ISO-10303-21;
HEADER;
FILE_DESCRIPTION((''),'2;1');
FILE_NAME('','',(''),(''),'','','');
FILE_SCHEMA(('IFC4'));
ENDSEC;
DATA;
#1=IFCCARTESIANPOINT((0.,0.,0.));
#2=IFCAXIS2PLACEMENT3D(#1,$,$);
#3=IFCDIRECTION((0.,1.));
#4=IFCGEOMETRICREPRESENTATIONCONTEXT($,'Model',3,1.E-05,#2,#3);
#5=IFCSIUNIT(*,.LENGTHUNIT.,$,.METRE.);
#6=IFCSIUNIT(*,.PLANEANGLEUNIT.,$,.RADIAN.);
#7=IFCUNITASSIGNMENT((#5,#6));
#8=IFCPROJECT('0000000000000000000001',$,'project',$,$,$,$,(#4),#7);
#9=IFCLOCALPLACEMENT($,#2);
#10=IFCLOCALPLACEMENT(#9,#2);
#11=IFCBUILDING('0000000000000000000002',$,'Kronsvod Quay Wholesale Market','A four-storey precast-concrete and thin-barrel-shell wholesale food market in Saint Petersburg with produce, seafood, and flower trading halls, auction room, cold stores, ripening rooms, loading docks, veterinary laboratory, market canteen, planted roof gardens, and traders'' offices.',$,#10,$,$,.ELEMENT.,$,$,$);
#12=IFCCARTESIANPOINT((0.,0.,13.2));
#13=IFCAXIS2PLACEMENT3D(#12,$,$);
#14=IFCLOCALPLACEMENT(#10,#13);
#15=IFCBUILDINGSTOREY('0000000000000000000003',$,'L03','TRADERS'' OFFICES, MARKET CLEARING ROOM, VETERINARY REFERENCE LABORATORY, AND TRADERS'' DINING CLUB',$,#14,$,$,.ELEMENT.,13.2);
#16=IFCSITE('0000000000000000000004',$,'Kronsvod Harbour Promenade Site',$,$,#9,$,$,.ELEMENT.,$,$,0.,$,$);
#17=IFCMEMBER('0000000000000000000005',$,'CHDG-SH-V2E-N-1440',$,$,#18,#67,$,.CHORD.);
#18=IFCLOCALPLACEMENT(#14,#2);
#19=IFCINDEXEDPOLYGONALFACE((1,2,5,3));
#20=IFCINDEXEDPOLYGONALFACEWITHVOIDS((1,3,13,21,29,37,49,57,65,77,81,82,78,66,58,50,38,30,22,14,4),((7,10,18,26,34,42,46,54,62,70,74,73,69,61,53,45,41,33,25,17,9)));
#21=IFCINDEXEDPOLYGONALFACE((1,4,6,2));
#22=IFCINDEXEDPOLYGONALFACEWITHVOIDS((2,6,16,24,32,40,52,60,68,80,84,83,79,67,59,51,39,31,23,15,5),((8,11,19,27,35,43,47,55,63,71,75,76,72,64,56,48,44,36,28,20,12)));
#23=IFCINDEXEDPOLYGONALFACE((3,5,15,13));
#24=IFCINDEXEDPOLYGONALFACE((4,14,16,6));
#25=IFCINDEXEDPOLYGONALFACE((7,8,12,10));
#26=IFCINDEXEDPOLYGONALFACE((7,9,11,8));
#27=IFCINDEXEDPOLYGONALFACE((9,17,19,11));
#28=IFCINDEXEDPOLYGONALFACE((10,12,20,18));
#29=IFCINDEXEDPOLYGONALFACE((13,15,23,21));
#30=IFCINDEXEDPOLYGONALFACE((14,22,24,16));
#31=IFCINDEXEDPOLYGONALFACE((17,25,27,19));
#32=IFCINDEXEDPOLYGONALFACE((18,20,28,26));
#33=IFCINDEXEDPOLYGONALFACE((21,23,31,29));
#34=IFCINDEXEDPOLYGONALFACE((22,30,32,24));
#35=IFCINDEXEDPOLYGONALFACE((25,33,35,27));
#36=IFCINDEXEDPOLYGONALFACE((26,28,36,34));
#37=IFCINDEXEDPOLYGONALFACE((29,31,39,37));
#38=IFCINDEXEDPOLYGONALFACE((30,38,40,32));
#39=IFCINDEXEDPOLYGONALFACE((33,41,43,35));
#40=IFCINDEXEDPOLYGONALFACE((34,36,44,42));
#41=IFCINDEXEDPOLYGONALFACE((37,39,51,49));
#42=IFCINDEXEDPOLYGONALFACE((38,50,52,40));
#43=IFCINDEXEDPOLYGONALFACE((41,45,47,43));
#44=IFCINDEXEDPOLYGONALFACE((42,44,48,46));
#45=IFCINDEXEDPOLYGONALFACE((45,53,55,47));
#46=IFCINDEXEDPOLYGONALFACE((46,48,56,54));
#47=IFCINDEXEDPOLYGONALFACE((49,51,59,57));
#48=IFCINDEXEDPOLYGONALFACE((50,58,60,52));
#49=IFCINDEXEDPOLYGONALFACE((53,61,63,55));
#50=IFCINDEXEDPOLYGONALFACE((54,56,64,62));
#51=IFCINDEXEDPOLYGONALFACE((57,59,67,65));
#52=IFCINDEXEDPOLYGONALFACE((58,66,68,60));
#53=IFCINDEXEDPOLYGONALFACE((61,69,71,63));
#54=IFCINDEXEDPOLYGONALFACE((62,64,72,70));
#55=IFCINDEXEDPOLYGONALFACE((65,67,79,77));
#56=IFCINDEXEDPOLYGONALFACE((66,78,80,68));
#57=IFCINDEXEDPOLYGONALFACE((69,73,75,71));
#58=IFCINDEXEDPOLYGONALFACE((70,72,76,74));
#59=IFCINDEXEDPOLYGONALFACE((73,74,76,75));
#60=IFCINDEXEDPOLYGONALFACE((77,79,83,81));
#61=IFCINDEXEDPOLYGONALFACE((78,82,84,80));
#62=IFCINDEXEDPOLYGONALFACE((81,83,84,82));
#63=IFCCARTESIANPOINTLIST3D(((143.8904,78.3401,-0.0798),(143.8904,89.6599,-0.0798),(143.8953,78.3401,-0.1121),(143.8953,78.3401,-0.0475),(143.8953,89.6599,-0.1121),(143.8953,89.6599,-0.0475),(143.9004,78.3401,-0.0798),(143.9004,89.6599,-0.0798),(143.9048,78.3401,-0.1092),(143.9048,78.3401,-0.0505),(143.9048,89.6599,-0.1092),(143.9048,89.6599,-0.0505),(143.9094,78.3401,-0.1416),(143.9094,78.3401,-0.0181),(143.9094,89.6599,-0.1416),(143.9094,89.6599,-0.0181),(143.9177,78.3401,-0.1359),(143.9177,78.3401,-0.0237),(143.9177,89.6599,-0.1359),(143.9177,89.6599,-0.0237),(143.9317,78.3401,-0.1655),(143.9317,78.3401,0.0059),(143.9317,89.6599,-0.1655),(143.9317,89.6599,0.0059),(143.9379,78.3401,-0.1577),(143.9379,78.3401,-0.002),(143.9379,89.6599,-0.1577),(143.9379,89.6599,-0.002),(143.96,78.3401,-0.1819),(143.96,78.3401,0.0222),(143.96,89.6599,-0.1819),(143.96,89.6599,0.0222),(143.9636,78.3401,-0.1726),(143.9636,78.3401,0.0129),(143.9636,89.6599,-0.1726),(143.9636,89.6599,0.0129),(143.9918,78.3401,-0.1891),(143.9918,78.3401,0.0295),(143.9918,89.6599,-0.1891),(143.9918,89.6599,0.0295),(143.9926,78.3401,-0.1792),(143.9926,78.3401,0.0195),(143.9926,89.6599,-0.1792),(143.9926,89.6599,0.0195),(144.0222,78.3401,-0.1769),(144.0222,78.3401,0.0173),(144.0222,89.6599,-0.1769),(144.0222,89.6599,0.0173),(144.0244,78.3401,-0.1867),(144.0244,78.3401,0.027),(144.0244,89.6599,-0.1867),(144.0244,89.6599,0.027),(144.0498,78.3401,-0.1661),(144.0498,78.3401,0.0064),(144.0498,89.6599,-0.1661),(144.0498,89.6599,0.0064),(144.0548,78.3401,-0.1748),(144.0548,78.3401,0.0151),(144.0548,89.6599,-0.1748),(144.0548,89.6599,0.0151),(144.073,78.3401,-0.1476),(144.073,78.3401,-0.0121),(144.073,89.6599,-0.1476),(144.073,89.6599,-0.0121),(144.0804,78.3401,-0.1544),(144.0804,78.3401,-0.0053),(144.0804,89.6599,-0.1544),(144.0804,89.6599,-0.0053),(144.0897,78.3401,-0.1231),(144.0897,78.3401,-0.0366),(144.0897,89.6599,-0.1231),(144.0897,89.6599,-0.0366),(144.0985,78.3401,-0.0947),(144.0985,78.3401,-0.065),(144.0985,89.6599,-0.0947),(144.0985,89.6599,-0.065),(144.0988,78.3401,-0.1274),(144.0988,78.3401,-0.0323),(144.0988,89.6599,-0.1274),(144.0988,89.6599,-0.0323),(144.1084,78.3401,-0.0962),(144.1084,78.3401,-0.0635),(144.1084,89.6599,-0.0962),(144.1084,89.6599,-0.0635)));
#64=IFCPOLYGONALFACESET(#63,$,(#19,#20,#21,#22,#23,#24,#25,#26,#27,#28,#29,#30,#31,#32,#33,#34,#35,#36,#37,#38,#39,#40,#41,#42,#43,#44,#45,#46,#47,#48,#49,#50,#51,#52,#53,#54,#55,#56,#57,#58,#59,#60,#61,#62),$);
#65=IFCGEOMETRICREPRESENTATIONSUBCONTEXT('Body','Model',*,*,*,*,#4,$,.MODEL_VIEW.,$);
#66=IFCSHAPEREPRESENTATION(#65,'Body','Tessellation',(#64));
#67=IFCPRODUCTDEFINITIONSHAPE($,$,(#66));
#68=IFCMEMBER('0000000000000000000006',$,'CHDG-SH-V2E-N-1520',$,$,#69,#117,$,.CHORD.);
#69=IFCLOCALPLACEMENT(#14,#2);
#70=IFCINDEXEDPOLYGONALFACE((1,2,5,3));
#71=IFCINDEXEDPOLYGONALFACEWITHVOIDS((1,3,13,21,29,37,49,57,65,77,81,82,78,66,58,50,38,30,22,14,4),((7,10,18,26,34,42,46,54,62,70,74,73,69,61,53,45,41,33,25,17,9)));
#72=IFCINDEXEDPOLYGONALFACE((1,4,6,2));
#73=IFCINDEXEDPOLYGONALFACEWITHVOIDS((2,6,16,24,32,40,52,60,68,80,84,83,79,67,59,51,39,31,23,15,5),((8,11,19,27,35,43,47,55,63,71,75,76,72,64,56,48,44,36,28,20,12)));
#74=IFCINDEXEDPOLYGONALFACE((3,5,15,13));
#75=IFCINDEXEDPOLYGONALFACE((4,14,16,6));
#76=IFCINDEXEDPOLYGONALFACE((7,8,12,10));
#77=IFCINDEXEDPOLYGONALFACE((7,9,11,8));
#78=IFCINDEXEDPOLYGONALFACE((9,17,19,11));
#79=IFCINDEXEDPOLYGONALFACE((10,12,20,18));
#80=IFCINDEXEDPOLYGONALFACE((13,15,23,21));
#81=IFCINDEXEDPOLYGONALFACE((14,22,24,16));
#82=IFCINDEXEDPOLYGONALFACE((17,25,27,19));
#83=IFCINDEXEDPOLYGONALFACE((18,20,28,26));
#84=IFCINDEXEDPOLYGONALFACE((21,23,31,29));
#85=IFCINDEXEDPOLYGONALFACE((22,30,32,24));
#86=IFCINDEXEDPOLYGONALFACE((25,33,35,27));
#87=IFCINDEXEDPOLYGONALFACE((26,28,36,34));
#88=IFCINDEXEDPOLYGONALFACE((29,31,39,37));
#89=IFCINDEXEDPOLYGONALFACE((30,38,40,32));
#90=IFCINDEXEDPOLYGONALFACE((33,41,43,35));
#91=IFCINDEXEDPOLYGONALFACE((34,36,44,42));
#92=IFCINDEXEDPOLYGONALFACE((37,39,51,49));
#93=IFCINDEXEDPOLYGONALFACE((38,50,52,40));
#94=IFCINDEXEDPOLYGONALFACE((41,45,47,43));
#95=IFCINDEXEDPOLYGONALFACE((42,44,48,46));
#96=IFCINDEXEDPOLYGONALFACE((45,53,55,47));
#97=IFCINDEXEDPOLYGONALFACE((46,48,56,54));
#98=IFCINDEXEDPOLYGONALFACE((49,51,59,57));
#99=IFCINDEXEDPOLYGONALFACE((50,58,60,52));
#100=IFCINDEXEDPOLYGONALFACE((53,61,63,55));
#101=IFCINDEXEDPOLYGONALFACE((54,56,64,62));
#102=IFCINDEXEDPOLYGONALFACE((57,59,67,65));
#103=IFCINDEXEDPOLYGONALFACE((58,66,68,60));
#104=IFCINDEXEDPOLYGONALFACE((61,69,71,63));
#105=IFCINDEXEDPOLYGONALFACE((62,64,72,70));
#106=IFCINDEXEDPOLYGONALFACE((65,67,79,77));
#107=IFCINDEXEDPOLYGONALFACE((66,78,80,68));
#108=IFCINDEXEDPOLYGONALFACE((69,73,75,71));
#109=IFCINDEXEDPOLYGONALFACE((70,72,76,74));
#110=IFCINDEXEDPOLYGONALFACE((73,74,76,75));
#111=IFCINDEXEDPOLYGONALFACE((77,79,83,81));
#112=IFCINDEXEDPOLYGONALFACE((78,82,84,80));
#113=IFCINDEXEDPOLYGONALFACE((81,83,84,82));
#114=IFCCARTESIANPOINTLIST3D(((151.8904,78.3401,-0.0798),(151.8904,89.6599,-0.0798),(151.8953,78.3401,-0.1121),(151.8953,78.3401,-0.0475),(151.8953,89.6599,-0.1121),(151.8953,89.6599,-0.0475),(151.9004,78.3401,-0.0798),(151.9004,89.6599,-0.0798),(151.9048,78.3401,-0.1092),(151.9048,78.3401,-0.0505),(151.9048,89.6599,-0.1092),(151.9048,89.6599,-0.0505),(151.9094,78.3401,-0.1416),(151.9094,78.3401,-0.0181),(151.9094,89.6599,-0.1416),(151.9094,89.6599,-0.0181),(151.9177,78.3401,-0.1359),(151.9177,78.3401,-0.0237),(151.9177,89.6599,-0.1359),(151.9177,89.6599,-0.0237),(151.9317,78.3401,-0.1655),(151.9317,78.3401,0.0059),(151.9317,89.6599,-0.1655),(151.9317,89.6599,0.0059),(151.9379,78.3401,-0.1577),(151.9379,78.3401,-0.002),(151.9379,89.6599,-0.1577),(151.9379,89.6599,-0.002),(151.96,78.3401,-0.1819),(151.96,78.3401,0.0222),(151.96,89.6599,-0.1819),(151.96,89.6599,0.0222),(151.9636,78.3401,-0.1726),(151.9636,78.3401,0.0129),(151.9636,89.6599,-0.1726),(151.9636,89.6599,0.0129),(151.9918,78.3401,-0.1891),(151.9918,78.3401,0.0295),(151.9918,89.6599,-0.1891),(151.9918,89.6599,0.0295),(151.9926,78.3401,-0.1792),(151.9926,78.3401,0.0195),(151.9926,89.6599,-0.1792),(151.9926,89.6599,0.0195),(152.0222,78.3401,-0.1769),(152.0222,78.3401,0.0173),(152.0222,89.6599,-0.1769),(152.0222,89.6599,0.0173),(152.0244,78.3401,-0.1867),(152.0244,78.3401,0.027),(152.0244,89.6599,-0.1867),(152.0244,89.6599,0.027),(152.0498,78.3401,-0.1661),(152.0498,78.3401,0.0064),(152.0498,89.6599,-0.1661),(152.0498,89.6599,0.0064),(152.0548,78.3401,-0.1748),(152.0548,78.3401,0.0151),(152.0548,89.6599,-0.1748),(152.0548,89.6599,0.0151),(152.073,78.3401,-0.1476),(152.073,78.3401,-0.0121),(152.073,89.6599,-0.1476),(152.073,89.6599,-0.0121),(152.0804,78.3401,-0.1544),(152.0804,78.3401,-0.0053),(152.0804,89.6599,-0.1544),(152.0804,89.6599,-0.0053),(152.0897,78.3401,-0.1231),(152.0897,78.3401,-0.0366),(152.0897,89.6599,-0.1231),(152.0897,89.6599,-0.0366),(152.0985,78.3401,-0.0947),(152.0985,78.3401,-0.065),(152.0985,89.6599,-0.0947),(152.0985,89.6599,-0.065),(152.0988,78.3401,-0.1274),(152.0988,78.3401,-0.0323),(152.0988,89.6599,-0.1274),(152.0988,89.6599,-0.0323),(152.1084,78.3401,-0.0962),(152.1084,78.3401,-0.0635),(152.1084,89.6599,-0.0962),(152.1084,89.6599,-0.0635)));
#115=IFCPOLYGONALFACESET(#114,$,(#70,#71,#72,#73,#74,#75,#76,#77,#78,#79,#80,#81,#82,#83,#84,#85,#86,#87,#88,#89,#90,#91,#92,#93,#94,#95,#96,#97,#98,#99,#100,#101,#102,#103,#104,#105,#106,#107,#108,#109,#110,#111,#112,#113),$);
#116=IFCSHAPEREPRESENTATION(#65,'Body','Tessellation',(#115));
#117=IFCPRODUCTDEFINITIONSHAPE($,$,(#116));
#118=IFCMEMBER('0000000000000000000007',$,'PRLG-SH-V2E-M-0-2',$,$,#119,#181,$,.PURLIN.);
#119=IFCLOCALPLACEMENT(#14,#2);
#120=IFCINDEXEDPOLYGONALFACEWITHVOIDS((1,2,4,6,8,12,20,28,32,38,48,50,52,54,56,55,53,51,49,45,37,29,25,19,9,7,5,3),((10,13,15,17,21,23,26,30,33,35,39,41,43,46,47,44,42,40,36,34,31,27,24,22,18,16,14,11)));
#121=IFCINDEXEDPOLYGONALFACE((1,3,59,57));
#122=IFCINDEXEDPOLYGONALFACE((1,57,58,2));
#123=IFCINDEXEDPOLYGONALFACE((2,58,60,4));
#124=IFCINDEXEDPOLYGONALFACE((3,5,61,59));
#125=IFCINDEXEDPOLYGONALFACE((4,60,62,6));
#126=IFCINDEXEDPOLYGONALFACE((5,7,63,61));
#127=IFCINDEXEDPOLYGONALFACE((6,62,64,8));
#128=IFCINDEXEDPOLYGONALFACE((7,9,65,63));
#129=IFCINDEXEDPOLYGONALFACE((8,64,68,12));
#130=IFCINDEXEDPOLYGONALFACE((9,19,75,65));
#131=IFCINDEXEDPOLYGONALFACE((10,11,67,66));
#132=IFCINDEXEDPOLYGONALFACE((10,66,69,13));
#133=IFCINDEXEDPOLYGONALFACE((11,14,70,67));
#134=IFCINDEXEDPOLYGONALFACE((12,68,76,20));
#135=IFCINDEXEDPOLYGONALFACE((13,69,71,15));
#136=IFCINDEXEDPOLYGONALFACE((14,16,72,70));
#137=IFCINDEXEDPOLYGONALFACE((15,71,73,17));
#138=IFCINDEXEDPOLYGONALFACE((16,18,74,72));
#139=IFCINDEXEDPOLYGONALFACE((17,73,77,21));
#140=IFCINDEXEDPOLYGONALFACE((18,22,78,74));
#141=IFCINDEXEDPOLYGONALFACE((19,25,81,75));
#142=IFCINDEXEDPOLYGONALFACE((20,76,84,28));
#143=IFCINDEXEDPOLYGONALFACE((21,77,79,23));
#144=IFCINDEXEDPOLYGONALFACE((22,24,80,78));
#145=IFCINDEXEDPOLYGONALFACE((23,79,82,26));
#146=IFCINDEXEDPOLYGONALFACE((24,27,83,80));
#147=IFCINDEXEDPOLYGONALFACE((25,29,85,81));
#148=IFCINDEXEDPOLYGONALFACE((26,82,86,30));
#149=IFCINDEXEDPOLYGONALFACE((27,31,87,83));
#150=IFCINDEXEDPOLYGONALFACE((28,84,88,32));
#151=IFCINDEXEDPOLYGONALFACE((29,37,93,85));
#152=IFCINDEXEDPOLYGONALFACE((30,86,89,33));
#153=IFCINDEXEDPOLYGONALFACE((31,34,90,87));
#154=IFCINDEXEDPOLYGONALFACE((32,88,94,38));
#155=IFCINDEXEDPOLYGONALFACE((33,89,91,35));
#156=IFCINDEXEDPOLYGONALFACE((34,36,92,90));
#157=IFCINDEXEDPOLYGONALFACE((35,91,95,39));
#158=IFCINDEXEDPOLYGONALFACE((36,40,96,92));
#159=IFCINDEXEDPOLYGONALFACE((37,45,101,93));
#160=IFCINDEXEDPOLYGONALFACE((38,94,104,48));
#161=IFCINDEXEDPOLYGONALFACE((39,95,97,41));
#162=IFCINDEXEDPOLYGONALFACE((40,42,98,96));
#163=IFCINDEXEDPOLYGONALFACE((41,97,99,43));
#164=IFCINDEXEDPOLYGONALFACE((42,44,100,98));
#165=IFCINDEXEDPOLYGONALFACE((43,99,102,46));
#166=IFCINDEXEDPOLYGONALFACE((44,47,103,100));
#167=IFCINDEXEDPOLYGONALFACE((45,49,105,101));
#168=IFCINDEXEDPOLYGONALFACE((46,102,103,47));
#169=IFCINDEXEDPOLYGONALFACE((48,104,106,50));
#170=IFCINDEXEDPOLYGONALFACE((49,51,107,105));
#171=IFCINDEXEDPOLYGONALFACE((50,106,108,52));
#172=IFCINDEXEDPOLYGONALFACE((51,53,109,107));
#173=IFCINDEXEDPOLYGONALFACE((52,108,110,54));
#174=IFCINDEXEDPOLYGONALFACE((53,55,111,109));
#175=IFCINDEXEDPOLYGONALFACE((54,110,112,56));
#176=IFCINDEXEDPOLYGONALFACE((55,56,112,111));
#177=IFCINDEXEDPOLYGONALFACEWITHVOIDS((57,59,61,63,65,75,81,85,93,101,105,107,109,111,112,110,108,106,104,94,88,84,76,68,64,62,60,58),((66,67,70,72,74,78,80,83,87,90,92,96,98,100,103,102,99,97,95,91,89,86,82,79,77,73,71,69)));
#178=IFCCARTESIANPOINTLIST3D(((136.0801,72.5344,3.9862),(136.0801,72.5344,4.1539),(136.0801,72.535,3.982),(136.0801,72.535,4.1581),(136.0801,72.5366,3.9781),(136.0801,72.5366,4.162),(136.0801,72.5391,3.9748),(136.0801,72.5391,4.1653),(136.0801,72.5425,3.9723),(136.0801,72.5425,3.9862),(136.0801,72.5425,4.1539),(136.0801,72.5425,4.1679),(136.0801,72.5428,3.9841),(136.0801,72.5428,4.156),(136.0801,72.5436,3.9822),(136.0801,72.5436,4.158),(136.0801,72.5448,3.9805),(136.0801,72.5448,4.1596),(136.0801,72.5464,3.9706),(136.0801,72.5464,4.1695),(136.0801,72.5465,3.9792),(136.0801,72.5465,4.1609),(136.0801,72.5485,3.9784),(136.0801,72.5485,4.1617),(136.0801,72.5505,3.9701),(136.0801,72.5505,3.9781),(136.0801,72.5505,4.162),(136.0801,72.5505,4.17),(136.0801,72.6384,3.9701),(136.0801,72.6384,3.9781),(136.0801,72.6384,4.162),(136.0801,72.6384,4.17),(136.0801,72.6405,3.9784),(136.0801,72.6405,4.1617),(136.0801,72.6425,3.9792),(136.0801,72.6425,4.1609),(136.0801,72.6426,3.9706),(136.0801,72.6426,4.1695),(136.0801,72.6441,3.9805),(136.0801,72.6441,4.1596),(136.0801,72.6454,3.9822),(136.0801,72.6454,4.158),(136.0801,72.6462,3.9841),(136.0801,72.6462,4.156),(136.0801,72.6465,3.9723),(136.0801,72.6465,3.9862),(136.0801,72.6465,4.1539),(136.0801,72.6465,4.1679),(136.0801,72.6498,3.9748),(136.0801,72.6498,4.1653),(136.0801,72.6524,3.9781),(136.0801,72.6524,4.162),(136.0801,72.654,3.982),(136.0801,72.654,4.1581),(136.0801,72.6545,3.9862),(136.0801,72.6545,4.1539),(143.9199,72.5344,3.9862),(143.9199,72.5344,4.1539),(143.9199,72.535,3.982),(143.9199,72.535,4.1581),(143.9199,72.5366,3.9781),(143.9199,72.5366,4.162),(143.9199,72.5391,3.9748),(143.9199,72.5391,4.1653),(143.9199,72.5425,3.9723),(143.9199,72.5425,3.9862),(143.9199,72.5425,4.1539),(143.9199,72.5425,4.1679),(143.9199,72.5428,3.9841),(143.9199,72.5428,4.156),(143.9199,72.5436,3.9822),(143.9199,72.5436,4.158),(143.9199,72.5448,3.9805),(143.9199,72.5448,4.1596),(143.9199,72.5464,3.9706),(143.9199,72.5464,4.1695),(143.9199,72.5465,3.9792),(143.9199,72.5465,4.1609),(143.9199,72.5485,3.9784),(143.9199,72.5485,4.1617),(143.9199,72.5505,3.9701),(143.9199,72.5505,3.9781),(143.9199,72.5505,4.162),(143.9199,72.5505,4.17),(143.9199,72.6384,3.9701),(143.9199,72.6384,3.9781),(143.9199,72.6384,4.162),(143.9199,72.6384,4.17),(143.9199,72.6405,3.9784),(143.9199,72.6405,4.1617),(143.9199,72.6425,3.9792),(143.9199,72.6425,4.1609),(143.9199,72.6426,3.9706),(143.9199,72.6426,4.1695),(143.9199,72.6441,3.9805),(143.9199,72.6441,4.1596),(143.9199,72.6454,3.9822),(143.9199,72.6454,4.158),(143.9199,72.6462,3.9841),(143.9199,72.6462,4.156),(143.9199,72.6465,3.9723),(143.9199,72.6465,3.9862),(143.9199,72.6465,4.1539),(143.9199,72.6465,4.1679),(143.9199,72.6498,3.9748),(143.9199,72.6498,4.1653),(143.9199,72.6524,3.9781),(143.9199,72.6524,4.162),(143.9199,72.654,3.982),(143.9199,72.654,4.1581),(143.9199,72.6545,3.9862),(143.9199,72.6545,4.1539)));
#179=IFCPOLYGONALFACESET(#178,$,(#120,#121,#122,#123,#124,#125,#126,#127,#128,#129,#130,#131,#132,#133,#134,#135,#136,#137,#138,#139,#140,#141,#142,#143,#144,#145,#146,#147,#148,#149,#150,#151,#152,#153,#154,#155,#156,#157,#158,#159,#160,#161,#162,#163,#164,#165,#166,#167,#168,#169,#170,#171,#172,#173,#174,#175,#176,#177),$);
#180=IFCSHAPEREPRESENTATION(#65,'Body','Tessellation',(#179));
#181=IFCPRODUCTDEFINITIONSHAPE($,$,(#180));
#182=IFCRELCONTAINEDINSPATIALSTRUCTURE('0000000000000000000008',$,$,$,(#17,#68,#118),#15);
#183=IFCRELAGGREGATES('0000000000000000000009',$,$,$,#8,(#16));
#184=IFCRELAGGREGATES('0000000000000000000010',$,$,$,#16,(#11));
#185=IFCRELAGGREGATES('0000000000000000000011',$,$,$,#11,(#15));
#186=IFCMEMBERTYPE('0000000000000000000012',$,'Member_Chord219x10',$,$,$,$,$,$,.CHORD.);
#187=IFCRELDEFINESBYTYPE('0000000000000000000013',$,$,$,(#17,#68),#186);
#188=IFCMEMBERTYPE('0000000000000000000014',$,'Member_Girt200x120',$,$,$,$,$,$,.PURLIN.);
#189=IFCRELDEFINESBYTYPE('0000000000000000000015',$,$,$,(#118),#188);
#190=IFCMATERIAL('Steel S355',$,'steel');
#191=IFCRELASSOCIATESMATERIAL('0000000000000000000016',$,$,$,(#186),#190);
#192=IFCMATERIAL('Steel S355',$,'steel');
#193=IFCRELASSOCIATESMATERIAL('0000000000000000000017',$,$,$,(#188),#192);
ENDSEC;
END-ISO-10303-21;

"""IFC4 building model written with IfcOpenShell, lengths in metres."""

from ifc_helpers import new_model, si_unit, direction, frame, origin, origin_2d, place, context, subcontext, project, spatial, hollow_rectangle, hollow_circle, extrude, material, material_profile, profile_set, type_object, element, save


model = new_model("IFC4")

# Units and contexts
model_context = context("Model", 3, precision=1e-05, world=origin(), true_north=direction((0.0, 1.0)))
body_context = subcontext(model_context, "Body", "Model", "MODEL_VIEW")
ifc_project = project(units=[si_unit("LENGTHUNIT", "METRE"), si_unit("PLANEANGLEUNIT", "RADIAN")], contexts=[model_context])

# Site, building, storey
site_placement = place(None, origin())
site = spatial("IfcSite", under=ifc_project, at=site_placement, Name="Kronsvod Harbour Promenade Site", CompositionType="ELEMENT", RefElevation=0.0)
building_placement = place(site_placement, origin())
building = spatial("IfcBuilding", under=site, at=building_placement, Name="Kronsvod Quay Wholesale Market", Description="A four-storey precast-concrete and thin-barrel-shell wholesale food market in Saint Petersburg with produce, seafood, and flower trading halls, auction room, cold stores, ripening rooms, loading docks, veterinary laboratory, market canteen, planted roof gardens, and traders' offices.", CompositionType="ELEMENT")
storey_placement = place(building_placement, frame((0.0, 0.0, 13.2)))
storey = spatial("IfcBuildingStorey", under=building, at=storey_placement, Name="L03", Description="TRADERS' OFFICES, MARKET CLEARING ROOM, VETERINARY REFERENCE LABORATORY, AND TRADERS' DINING CLUB", CompositionType="ELEMENT", Elevation=13.2)

# Members
ifc_material_1 = material(Name="Steel S355", Category="steel")
ifc_material_profile_1 = material_profile(ifc_material_1, hollow_circle(Radius=0.1096, WallThickness=0.01, at=origin_2d()), Name="CHS219x10")
ifc_profile_set_1 = profile_set([ifc_material_profile_1], Name="Steel S355")
member_type_1 = type_object("IfcMemberType", Name="Member_Chord219x10", PredefinedType="CHORD", material=ifc_profile_set_1)
for number, where, z_axis, x_axis, name in (
    (1, (144.0, 78.3401, -0.0798), (0.0, 1.0, 0.0), (-1.0, 0.0, 0.0), "CHDG-SH-V2E-N-1440"),
    (2, (152.0, 78.3401, -0.0798), (0.0, 1.0, 0.0), (-1.0, 0.0, 0.0), "CHDG-SH-V2E-N-1520"),
):
    element("IfcMember", number, at=place(storey_placement, frame(where, z_axis=z_axis, x_axis=x_axis)), inside=storey, type_object=member_type_1, Name=name, PredefinedType="CHORD", context=body_context, shape_type="SweptSolid", body=[
        extrude(hollow_circle(Radius=0.1096, WallThickness=0.01, at=origin_2d()), origin(), (0.0, 0.0, 1.0), 11.3198),
    ])
ifc_material_2 = material(Name="Steel S355", Category="steel")
ifc_material_profile_2 = material_profile(ifc_material_2, hollow_rectangle(XDim=0.1201, YDim=0.2, WallThickness=0.0081, InnerFilletRadius=0.0081, OuterFilletRadius=0.0161, at=origin_2d()), Name="RHS200x120x8")
ifc_profile_set_2 = profile_set([ifc_material_profile_2], Name="Steel S355")
member_type_2 = type_object("IfcMemberType", Name="Member_Girt200x120", PredefinedType="PURLIN", material=ifc_profile_set_2)
for number, where, z_axis, x_axis, name in (
    (3, (136.0801, 72.5945, 4.0701), (1.0, 0.0, 0.0), (0.0, 1.0, 0.0), "PRLG-SH-V2E-M-0-2"),
):
    element("IfcMember", number, at=place(storey_placement, frame(where, z_axis=z_axis, x_axis=x_axis)), inside=storey, type_object=member_type_2, Name=name, PredefinedType="PURLIN", context=body_context, shape_type="SweptSolid", body=[
        extrude(hollow_rectangle(XDim=0.1201, YDim=0.2, WallThickness=0.0081, InnerFilletRadius=0.0081, OuterFilletRadius=0.0161, at=origin_2d()), origin(), (0.0, 0.0, 1.0), 7.8398),
    ])

save(model, "model.ifc")
